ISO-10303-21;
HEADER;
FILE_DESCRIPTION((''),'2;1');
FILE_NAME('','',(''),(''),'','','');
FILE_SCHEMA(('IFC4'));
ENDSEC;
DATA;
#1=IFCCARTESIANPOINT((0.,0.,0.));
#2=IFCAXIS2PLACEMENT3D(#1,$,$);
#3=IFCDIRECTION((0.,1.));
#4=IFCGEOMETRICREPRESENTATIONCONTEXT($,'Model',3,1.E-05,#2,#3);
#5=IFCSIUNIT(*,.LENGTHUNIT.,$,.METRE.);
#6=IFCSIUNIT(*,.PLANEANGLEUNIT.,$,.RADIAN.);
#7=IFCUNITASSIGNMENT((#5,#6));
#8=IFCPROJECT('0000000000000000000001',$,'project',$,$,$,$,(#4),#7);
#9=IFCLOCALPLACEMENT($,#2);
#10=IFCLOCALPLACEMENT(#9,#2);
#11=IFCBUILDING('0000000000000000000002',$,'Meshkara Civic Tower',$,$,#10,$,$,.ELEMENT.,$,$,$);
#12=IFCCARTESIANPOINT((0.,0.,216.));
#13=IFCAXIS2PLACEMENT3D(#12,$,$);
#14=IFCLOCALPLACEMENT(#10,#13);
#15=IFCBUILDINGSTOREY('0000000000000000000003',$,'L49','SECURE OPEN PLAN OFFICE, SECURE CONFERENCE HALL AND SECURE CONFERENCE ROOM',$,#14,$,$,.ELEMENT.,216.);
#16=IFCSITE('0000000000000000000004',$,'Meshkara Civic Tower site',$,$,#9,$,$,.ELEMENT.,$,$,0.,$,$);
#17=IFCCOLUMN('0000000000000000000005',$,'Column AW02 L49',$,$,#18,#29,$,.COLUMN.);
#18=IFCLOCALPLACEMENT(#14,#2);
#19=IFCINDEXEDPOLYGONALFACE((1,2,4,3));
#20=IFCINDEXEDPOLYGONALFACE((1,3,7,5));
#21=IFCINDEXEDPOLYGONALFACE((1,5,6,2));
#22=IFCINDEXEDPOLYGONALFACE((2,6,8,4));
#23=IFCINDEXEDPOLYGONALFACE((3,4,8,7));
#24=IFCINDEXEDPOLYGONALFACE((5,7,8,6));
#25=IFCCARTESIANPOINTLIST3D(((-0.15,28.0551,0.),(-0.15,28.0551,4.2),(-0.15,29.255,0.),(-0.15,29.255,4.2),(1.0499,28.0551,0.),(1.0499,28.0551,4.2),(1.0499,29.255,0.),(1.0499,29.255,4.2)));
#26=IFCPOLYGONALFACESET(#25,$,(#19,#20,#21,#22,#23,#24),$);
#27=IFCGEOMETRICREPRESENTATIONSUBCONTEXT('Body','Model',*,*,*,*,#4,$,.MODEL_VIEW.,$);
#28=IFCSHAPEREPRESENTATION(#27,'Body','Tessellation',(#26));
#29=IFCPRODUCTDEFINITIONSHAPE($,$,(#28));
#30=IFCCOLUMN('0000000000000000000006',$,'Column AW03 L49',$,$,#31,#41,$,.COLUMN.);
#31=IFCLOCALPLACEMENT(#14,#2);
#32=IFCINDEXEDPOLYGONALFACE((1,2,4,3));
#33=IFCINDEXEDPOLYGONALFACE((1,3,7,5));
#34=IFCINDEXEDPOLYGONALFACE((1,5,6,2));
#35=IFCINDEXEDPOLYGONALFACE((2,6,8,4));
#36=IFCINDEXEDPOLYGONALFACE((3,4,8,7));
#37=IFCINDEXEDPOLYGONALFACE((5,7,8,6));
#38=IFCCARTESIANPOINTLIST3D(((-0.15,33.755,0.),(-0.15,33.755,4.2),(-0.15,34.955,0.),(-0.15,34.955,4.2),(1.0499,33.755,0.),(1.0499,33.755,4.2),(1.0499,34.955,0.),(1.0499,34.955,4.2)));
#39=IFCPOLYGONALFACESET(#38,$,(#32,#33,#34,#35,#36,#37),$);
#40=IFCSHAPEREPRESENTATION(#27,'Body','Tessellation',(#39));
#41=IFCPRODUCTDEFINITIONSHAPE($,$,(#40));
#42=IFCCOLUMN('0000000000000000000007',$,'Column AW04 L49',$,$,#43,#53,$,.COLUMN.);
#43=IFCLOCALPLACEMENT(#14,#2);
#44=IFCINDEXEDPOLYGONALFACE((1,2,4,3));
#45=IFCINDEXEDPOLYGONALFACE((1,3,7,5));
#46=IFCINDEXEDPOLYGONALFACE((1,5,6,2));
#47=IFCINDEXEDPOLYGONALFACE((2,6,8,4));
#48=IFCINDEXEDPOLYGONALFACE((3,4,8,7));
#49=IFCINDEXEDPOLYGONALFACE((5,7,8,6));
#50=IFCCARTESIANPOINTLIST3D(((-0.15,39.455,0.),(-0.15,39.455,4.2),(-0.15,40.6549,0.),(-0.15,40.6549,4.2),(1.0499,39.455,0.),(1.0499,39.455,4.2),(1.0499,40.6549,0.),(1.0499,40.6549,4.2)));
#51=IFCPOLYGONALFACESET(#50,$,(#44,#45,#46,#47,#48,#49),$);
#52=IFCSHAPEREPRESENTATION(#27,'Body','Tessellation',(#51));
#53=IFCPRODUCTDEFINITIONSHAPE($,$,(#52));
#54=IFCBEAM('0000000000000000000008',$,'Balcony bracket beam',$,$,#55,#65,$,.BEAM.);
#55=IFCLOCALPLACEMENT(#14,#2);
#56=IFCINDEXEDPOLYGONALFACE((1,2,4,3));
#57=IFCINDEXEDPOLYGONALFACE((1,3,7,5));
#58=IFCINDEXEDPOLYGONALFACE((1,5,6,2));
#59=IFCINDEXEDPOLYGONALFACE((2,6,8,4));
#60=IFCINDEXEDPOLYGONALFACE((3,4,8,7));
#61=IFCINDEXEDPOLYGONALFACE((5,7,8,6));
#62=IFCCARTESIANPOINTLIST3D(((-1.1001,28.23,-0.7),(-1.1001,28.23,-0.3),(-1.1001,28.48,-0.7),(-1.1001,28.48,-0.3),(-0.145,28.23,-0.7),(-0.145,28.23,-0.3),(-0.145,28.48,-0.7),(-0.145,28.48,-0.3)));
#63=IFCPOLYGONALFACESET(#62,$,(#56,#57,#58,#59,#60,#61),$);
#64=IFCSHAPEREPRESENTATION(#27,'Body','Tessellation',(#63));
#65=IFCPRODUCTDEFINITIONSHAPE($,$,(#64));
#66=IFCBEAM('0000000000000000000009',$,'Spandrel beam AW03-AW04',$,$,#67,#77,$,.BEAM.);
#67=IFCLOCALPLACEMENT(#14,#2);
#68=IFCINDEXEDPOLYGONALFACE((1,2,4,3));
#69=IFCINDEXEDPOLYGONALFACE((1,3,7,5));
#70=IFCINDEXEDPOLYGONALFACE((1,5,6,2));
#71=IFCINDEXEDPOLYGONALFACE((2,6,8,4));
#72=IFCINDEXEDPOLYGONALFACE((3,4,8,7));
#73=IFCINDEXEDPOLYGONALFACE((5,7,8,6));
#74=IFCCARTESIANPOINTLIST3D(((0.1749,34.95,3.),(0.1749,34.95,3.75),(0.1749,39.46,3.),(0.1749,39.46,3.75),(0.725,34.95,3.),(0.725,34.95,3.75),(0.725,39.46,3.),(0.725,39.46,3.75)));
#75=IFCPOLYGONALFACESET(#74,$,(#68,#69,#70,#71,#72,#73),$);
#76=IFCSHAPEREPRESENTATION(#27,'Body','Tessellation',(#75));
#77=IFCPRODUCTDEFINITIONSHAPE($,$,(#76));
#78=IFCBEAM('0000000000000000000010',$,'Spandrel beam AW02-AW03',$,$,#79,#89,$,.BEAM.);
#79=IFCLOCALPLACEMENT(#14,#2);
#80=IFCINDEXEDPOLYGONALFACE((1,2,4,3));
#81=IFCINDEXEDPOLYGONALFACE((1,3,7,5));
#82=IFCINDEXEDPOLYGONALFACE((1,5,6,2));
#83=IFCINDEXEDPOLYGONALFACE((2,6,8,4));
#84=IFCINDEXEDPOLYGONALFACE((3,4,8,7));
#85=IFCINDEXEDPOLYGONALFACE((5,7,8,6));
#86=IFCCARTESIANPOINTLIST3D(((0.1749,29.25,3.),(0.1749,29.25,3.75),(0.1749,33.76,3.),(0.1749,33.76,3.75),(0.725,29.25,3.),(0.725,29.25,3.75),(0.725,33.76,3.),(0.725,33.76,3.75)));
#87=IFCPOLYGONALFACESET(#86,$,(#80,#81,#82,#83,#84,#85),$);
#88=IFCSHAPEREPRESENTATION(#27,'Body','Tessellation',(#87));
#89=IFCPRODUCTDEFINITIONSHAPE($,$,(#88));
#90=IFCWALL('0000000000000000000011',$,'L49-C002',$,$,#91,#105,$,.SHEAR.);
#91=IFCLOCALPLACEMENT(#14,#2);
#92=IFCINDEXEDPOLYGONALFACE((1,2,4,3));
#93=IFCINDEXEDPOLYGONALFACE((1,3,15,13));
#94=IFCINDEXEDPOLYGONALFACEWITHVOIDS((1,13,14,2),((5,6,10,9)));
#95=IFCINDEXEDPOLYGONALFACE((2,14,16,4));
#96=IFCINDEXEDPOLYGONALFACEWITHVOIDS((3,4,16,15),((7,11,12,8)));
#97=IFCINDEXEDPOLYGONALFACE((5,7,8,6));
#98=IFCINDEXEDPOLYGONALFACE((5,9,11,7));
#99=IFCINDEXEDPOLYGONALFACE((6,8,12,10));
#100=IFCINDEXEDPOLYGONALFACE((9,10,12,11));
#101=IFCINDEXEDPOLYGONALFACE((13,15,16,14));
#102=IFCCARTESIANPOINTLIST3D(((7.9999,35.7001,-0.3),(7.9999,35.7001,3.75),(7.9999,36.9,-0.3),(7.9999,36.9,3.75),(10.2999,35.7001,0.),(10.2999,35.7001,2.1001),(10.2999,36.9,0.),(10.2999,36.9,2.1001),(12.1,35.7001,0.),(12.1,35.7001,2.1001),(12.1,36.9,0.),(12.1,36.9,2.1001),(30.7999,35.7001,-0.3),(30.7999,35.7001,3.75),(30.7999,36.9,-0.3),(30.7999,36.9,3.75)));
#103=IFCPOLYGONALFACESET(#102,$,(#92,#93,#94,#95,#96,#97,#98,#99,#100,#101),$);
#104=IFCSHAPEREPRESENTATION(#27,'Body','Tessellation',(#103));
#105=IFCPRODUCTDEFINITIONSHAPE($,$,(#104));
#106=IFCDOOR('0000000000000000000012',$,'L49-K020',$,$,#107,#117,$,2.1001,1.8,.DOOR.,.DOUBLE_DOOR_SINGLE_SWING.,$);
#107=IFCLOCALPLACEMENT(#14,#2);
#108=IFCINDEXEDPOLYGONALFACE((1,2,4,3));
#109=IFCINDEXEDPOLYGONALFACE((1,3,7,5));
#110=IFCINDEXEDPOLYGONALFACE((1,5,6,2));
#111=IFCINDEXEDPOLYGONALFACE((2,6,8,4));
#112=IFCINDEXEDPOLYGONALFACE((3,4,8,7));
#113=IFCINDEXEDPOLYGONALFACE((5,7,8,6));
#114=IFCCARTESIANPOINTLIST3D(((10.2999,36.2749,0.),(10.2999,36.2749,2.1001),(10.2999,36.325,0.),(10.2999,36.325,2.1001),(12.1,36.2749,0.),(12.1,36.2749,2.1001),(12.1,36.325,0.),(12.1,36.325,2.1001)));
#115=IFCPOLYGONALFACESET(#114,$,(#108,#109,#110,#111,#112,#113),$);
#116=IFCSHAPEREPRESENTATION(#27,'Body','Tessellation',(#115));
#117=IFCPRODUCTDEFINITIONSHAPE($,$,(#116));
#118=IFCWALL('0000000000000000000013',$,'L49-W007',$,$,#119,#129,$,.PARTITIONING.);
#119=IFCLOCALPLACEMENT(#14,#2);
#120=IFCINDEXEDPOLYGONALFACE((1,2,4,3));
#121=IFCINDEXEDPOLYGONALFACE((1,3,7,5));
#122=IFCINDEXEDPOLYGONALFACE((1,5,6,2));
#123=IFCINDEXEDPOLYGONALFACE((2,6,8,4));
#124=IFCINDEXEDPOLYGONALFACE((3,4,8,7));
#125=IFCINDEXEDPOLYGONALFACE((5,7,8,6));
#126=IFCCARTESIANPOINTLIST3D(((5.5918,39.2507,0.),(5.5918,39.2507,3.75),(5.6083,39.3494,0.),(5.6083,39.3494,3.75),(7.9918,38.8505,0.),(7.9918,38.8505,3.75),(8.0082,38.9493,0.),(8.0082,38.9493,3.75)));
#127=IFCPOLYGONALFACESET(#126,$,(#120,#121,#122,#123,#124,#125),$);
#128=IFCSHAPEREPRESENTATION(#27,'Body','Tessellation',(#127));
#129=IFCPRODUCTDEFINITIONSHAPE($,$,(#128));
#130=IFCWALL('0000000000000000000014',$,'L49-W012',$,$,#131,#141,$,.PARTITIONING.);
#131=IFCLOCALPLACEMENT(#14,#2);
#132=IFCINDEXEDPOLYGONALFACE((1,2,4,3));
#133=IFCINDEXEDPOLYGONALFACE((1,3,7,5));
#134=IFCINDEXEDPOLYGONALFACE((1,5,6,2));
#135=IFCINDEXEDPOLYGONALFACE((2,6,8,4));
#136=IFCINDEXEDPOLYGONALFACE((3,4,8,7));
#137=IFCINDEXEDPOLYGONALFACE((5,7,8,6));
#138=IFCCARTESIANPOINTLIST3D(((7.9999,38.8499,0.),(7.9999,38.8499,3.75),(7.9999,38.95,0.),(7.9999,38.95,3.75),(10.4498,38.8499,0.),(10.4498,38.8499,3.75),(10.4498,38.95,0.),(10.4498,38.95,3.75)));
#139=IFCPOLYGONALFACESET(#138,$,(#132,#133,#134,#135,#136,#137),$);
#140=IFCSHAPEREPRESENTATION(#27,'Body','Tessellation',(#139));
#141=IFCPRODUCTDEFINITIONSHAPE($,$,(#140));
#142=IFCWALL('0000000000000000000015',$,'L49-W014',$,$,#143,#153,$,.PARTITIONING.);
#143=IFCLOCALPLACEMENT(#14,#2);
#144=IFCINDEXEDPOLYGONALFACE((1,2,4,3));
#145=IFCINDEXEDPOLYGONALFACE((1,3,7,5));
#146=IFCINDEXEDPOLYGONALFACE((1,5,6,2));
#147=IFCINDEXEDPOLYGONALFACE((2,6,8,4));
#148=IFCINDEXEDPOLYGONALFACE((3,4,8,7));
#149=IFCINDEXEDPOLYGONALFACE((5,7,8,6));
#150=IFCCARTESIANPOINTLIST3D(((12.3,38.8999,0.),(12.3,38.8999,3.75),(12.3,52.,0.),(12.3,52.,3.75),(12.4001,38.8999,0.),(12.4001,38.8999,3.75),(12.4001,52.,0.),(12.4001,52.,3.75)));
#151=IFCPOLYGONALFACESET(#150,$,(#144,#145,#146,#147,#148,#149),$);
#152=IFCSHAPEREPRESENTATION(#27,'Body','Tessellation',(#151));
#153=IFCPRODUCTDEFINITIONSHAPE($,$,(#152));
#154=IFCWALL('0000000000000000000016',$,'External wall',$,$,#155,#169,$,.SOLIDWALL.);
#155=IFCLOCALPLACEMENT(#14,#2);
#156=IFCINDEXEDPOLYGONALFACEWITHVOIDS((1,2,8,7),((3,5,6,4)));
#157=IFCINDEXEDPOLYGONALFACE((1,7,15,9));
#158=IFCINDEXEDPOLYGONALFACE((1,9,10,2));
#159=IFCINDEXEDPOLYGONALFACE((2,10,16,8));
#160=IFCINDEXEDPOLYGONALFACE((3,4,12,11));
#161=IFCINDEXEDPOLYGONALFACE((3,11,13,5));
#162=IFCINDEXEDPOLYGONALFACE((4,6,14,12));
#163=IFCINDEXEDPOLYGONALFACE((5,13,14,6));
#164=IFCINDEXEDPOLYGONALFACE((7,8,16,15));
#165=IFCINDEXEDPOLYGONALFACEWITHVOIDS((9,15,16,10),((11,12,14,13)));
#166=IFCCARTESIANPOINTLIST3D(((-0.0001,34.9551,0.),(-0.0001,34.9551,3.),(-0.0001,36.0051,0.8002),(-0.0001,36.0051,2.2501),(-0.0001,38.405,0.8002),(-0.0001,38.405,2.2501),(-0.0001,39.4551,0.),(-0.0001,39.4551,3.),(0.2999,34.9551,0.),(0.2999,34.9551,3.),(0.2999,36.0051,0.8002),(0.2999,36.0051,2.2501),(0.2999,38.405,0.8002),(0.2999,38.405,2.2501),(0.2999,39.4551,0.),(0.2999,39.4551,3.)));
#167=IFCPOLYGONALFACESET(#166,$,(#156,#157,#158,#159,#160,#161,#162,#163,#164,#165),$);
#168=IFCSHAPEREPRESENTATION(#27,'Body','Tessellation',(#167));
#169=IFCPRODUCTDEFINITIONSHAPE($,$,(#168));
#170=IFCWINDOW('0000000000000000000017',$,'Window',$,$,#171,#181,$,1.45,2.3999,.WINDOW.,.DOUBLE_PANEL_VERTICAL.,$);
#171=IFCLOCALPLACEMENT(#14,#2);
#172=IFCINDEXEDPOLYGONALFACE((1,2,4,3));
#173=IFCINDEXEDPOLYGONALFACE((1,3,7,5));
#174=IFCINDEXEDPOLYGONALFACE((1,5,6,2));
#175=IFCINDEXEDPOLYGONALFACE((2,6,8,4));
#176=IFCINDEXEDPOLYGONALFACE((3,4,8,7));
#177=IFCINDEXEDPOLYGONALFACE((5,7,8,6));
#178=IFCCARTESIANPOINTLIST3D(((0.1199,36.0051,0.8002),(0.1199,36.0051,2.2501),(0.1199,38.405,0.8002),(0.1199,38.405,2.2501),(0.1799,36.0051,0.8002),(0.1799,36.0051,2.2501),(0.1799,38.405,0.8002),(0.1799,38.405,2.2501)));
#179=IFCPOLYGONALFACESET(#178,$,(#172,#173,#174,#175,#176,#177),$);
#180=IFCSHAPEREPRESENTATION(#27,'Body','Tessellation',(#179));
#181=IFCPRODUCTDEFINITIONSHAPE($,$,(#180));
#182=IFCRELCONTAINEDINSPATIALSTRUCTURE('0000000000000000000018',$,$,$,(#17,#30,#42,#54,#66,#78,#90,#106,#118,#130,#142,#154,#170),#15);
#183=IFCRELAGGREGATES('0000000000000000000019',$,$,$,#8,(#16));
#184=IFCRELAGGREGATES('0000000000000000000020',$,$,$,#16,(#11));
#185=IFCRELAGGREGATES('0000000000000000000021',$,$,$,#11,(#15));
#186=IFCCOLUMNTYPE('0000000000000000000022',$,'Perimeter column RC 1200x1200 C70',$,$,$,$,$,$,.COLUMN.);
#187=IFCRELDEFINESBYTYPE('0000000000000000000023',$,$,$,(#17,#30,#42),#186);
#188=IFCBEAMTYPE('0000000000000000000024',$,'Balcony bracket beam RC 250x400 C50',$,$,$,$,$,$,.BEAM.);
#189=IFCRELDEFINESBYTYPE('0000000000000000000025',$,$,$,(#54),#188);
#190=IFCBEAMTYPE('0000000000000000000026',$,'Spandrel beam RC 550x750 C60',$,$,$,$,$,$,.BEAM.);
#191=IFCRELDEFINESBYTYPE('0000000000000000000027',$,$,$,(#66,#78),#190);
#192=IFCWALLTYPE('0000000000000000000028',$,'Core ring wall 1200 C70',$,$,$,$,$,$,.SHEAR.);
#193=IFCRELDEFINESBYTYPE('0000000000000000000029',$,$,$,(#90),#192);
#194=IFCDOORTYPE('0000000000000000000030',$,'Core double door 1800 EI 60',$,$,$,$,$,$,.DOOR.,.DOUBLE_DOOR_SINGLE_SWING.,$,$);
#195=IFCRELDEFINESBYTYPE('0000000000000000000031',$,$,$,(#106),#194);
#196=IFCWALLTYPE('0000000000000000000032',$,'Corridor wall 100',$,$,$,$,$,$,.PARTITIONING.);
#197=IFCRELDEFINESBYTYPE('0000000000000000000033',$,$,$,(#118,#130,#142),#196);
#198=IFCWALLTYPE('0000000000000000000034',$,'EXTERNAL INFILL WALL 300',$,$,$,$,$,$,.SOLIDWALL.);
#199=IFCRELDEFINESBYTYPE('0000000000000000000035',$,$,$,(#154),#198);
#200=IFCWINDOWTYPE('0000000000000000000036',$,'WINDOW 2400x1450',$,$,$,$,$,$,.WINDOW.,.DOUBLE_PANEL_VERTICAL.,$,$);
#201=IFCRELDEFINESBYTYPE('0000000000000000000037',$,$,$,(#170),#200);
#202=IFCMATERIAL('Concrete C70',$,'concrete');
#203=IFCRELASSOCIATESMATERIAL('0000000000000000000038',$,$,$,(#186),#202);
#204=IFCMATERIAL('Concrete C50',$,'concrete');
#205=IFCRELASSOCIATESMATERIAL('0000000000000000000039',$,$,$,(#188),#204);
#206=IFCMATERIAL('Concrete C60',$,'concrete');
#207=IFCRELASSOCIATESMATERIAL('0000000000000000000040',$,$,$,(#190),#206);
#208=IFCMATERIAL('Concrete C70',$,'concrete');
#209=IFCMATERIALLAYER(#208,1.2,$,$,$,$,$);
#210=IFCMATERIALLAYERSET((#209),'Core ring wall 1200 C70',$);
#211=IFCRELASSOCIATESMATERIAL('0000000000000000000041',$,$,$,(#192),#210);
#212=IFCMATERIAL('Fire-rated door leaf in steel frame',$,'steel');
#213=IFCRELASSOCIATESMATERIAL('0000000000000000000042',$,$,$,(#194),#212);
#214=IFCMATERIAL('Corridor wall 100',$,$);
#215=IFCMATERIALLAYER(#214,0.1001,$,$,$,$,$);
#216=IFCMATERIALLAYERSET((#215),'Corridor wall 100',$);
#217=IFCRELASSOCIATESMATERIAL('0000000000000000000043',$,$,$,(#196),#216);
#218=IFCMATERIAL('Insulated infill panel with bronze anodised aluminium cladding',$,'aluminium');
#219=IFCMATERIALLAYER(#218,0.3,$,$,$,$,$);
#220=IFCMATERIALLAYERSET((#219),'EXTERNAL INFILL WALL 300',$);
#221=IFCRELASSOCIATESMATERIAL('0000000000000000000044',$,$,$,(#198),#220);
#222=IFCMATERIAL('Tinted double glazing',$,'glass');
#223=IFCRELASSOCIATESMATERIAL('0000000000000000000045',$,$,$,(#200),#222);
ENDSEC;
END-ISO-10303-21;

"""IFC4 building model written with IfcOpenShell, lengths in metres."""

from ifc_helpers import new_model, si_unit, direction, frame, frame_2d, origin, origin_2d, place, context, subcontext, project, spatial, rectangle, extrude, material, layer, layer_set, material_profile, profile_set, type_object, element, fill, save


model = new_model("IFC4")

# Units and contexts
model_context = context("Model", 3, precision=1e-05, world=origin(), true_north=direction((0.0, 1.0)))
body_context = subcontext(model_context, "Body", "Model", "MODEL_VIEW")
ifc_project = project(units=[si_unit("LENGTHUNIT", "METRE"), si_unit("PLANEANGLEUNIT", "RADIAN")], contexts=[model_context])

# Site, building, storey
site_placement = place(None, origin())
site = spatial("IfcSite", under=ifc_project, at=site_placement, Name="Meshkara Civic Tower site", CompositionType="ELEMENT", RefElevation=0.0)
building_placement = place(site_placement, origin())
building = spatial("IfcBuilding", under=site, at=building_placement, Name="Meshkara Civic Tower", CompositionType="ELEMENT")
storey_placement = place(building_placement, frame((0.0, 0.0, 216.0)))
storey = spatial("IfcBuildingStorey", under=building, at=storey_placement, Name="L49", Description="SECURE OPEN PLAN OFFICE, SECURE CONFERENCE HALL AND SECURE CONFERENCE ROOM", CompositionType="ELEMENT", Elevation=216.0)

# Columns
ifc_material_1 = material(Name="Concrete C70", Category="concrete")
ifc_material_profile_1 = material_profile(ifc_material_1, rectangle(XDim=1.2, YDim=1.2, at=origin_2d()))
ifc_profile_set_1 = profile_set([ifc_material_profile_1], Name="Concrete C70")
column_type = type_object("IfcColumnType", Name="Perimeter column RC 1200x1200 C70", PredefinedType="COLUMN", material=ifc_profile_set_1)
for number, where, z_axis, x_axis, name in (
    (1, (0.45, 28.655, 0.0), (0.0, 0.0, 1.0), (1.0, 0.0, 0.0), "Column AW02 L49"),
    (2, (0.45, 34.355, 0.0), (0.0, 0.0, 1.0), (1.0, 0.0, 0.0), "Column AW03 L49"),
    (3, (0.45, 40.0549, 0.0), (0.0, 0.0, 1.0), (1.0, 0.0, 0.0), "Column AW04 L49"),
):
    element("IfcColumn", number, at=place(storey_placement, frame(where, z_axis=z_axis, x_axis=x_axis)), inside=storey, type_object=column_type, Name=name, PredefinedType="COLUMN", context=body_context, shape_type="SweptSolid", body=[
        extrude(rectangle(XDim=1.2, YDim=1.2, at=origin_2d()), origin(), (0.0, 0.0, 1.0), 4.2),
    ])

# Beams
ifc_material_2 = material(Name="Concrete C50", Category="concrete")
ifc_material_profile_2 = material_profile(ifc_material_2, rectangle(XDim=0.25, YDim=0.3999, at=origin_2d()))
ifc_profile_set_2 = profile_set([ifc_material_profile_2], Name="Concrete C50")
beam_type_1 = type_object("IfcBeamType", Name="Balcony bracket beam RC 250x400 C50", PredefinedType="BEAM", material=ifc_profile_set_2)
beam_placement = place(storey_placement, frame((-0.145, 28.355, -0.5), z_axis=(-1.0, 0.0, 0.0), x_axis=(0.0, -1.0, 0.0)))
element("IfcBeam", 4, at=beam_placement, inside=storey, type_object=beam_type_1, Name="Balcony bracket beam", PredefinedType="BEAM", context=body_context, shape_type="SweptSolid", body=[
    extrude(rectangle(XDim=0.25, YDim=0.3999, at=origin_2d()), origin(), (0.0, 0.0, 1.0), 0.9551),
])
ifc_material_3 = material(Name="Concrete C60", Category="concrete")
ifc_material_profile_3 = material_profile(ifc_material_3, rectangle(XDim=0.55, YDim=0.75, at=origin_2d()))
ifc_profile_set_3 = profile_set([ifc_material_profile_3], Name="Concrete C60")
beam_type_2 = type_object("IfcBeamType", Name="Spandrel beam RC 550x750 C60", PredefinedType="BEAM", material=ifc_profile_set_3)
for number, where, z_axis, x_axis, name in (
    (5, (0.45, 39.46, 3.375), (0.0, -1.0, 0.0), (1.0, 0.0, 0.0), "Spandrel beam AW03-AW04"),
    (6, (0.45, 33.76, 3.375), (0.0, -1.0, 0.0), (1.0, 0.0, 0.0), "Spandrel beam AW02-AW03"),
):
    element("IfcBeam", number, at=place(storey_placement, frame(where, z_axis=z_axis, x_axis=x_axis)), inside=storey, type_object=beam_type_2, Name=name, PredefinedType="BEAM", context=body_context, shape_type="SweptSolid", body=[
        extrude(rectangle(XDim=0.55, YDim=0.75, at=origin_2d()), origin(), (0.0, 0.0, 1.0), 4.51),
    ])

# Wall, opening, door
ifc_material_4 = material(Name="Concrete C70", Category="concrete")
ifc_layer_1 = layer(ifc_material_4, 1.2)
ifc_layer_set_1 = layer_set([ifc_layer_1], Name="Core ring wall 1200 C70")
wall_type_1 = type_object("IfcWallType", Name="Core ring wall 1200 C70", PredefinedType="SHEAR", material=ifc_layer_set_1)
wall_1_placement = place(storey_placement, frame((8.0, 36.3, -0.3), z_axis=(0.0, 0.0, 1.0), x_axis=(1.0, 0.0, 0.0)))
wall_1 = element("IfcWall", 7, at=wall_1_placement, inside=storey, type_object=wall_type_1, Name="L49-C002", PredefinedType="SHEAR", context=body_context, shape_type="SweptSolid", body=[
    extrude(rectangle(XDim=22.8, YDim=1.2, at=frame_2d((11.3999, 0.0))), origin(), (0.0, 0.0, 1.0), 4.05),
])
opening_1_placement = place(wall_1_placement, frame((2.3, 0.0, 0.3)))
opening_1 = element("IfcOpeningElement", 8, at=opening_1_placement, cuts=wall_1, PredefinedType="OPENING", context=body_context, shape_type="SweptSolid", body=[
    extrude(rectangle(XDim=1.8, YDim=2.1001, at=frame_2d((0.8999, 1.05))), frame((0.0, 0.6099, 0.0), z_axis=(0.0, -1.0, 0.0), x_axis=(1.0, 0.0, 0.0)), (0.0, 0.0, 1.0), 1.22),
])
ifc_material_5 = material(Name="Fire-rated door leaf in steel frame", Category="steel")
door_type_1 = type_object("IfcDoorType", Name="Core double door 1800 EI 60", OperationType="DOUBLE_DOOR_SINGLE_SWING", PredefinedType="DOOR", material=ifc_material_5)
door_1_placement = place(opening_1_placement, origin())
door_1 = element("IfcDoor", 9, at=door_1_placement, inside=storey, type_object=door_type_1, Name="L49-K020", OperationType="DOUBLE_DOOR_SINGLE_SWING", OverallHeight=2.1001, OverallWidth=1.8, PredefinedType="DOOR", context=body_context, shape_type="SweptSolid", body=[
    extrude(rectangle(XDim=1.8, YDim=2.1001, at=frame_2d((0.8999, 1.05))), frame((0.0, 0.0249, 0.0), z_axis=(0.0, -1.0, 0.0), x_axis=(1.0, 0.0, 0.0)), (0.0, 0.0, 1.0), 0.05),
])
fill(opening_1, door_1)

# Walls
ifc_material_6 = material(Name="Corridor wall 100")
ifc_layer_2 = layer(ifc_material_6, 0.1001)
ifc_layer_set_2 = layer_set([ifc_layer_2], Name="Corridor wall 100")
wall_type_2 = type_object("IfcWallType", Name="Corridor wall 100", PredefinedType="PARTITIONING", material=ifc_layer_set_2)
wall_2_placement = place(storey_placement, frame((8.0, 38.8999, 0.0), z_axis=(0.0, 0.0, 1.0), x_axis=(-0.986383, 0.164464, 0.0)))
element("IfcWall", 10, at=wall_2_placement, inside=storey, type_object=wall_type_2, Name="L49-W007", PredefinedType="PARTITIONING", context=body_context, shape_type="SweptSolid", body=[
    extrude(rectangle(XDim=2.4331, YDim=0.1001, at=frame_2d((1.2166, 0.0))), origin(), (0.0, 0.0, 1.0), 3.75),
])
wall_3_placement = place(storey_placement, frame((10.45, 38.8999, 0.0), z_axis=(0.0, 0.0, 1.0), x_axis=(-1.0, 0.0, 0.0)))
element("IfcWall", 11, at=wall_3_placement, inside=storey, type_object=wall_type_2, Name="L49-W012", PredefinedType="PARTITIONING", context=body_context, shape_type="SweptSolid", body=[
    extrude(rectangle(XDim=2.45, YDim=0.1001, at=frame_2d((1.2251, 0.0))), origin(), (0.0, 0.0, 1.0), 3.75),
])
wall_4_placement = place(storey_placement, frame((12.3501, 38.8999, 0.0), z_axis=(0.0, 0.0, 1.0), x_axis=(0.0, 1.0, 0.0)))
element("IfcWall", 12, at=wall_4_placement, inside=storey, type_object=wall_type_2, Name="L49-W014", PredefinedType="PARTITIONING", context=body_context, shape_type="SweptSolid", body=[
    extrude(rectangle(XDim=13.1001, YDim=0.1001, at=frame_2d((6.55, 0.0))), origin(), (0.0, 0.0, 1.0), 3.75),
])

# Wall, opening, window
ifc_material_7 = material(Name="Insulated infill panel with bronze anodised aluminium cladding", Category="aluminium")
ifc_layer_3 = layer(ifc_material_7, 0.3)
ifc_layer_set_3 = layer_set([ifc_layer_3], Name="EXTERNAL INFILL WALL 300")
wall_type_3 = type_object("IfcWallType", Name="EXTERNAL INFILL WALL 300", PredefinedType="SOLIDWALL", material=ifc_layer_set_3)
wall_5_placement = place(storey_placement, frame((0.1499, 39.4551, 0.0), z_axis=(0.0, 0.0, 1.0), x_axis=(0.0, -1.0, 0.0)))
wall_5 = element("IfcWall", 13, at=wall_5_placement, inside=storey, type_object=wall_type_3, Name="External wall", PredefinedType="SOLIDWALL", context=body_context, shape_type="SweptSolid", body=[
    extrude(rectangle(XDim=4.5, YDim=0.3, at=frame_2d((2.25, 0.0))), origin(), (0.0, 0.0, 1.0), 3.0),
])
opening_2_placement = place(wall_5_placement, frame((1.05, 0.0, 0.8)))
opening_2 = element("IfcOpeningElement", 14, at=opening_2_placement, cuts=wall_5, PredefinedType="OPENING", context=body_context, shape_type="SweptSolid", body=[
    extrude(rectangle(XDim=2.3999, YDim=1.45, at=frame_2d((1.2, 0.7251))), frame((0.0, 0.1599, 0.0), z_axis=(0.0, -1.0, 0.0), x_axis=(1.0, 0.0, 0.0)), (0.0, 0.0, 1.0), 0.3201),
])
ifc_material_8 = material(Name="Tinted double glazing", Category="glass")
window_type = type_object("IfcWindowType", Name="WINDOW 2400x1450", PartitioningType="DOUBLE_PANEL_VERTICAL", PredefinedType="WINDOW", material=ifc_material_8)
window_1_placement = place(opening_2_placement, origin())
window_1 = element("IfcWindow", 15, at=window_1_placement, inside=storey, type_object=window_type, Name="Window", OverallHeight=1.45, OverallWidth=2.3999, PartitioningType="DOUBLE_PANEL_VERTICAL", PredefinedType="WINDOW", context=body_context, shape_type="SweptSolid", body=[
    extrude(rectangle(XDim=2.3999, YDim=1.45, at=frame_2d((1.2, 0.7251))), frame((0.0, 0.03, 0.0), z_axis=(0.0, -1.0, 0.0), x_axis=(1.0, 0.0, 0.0)), (0.0, 0.0, 1.0), 0.0601),
])
fill(opening_2, window_1)

save(model, "model.ifc")
